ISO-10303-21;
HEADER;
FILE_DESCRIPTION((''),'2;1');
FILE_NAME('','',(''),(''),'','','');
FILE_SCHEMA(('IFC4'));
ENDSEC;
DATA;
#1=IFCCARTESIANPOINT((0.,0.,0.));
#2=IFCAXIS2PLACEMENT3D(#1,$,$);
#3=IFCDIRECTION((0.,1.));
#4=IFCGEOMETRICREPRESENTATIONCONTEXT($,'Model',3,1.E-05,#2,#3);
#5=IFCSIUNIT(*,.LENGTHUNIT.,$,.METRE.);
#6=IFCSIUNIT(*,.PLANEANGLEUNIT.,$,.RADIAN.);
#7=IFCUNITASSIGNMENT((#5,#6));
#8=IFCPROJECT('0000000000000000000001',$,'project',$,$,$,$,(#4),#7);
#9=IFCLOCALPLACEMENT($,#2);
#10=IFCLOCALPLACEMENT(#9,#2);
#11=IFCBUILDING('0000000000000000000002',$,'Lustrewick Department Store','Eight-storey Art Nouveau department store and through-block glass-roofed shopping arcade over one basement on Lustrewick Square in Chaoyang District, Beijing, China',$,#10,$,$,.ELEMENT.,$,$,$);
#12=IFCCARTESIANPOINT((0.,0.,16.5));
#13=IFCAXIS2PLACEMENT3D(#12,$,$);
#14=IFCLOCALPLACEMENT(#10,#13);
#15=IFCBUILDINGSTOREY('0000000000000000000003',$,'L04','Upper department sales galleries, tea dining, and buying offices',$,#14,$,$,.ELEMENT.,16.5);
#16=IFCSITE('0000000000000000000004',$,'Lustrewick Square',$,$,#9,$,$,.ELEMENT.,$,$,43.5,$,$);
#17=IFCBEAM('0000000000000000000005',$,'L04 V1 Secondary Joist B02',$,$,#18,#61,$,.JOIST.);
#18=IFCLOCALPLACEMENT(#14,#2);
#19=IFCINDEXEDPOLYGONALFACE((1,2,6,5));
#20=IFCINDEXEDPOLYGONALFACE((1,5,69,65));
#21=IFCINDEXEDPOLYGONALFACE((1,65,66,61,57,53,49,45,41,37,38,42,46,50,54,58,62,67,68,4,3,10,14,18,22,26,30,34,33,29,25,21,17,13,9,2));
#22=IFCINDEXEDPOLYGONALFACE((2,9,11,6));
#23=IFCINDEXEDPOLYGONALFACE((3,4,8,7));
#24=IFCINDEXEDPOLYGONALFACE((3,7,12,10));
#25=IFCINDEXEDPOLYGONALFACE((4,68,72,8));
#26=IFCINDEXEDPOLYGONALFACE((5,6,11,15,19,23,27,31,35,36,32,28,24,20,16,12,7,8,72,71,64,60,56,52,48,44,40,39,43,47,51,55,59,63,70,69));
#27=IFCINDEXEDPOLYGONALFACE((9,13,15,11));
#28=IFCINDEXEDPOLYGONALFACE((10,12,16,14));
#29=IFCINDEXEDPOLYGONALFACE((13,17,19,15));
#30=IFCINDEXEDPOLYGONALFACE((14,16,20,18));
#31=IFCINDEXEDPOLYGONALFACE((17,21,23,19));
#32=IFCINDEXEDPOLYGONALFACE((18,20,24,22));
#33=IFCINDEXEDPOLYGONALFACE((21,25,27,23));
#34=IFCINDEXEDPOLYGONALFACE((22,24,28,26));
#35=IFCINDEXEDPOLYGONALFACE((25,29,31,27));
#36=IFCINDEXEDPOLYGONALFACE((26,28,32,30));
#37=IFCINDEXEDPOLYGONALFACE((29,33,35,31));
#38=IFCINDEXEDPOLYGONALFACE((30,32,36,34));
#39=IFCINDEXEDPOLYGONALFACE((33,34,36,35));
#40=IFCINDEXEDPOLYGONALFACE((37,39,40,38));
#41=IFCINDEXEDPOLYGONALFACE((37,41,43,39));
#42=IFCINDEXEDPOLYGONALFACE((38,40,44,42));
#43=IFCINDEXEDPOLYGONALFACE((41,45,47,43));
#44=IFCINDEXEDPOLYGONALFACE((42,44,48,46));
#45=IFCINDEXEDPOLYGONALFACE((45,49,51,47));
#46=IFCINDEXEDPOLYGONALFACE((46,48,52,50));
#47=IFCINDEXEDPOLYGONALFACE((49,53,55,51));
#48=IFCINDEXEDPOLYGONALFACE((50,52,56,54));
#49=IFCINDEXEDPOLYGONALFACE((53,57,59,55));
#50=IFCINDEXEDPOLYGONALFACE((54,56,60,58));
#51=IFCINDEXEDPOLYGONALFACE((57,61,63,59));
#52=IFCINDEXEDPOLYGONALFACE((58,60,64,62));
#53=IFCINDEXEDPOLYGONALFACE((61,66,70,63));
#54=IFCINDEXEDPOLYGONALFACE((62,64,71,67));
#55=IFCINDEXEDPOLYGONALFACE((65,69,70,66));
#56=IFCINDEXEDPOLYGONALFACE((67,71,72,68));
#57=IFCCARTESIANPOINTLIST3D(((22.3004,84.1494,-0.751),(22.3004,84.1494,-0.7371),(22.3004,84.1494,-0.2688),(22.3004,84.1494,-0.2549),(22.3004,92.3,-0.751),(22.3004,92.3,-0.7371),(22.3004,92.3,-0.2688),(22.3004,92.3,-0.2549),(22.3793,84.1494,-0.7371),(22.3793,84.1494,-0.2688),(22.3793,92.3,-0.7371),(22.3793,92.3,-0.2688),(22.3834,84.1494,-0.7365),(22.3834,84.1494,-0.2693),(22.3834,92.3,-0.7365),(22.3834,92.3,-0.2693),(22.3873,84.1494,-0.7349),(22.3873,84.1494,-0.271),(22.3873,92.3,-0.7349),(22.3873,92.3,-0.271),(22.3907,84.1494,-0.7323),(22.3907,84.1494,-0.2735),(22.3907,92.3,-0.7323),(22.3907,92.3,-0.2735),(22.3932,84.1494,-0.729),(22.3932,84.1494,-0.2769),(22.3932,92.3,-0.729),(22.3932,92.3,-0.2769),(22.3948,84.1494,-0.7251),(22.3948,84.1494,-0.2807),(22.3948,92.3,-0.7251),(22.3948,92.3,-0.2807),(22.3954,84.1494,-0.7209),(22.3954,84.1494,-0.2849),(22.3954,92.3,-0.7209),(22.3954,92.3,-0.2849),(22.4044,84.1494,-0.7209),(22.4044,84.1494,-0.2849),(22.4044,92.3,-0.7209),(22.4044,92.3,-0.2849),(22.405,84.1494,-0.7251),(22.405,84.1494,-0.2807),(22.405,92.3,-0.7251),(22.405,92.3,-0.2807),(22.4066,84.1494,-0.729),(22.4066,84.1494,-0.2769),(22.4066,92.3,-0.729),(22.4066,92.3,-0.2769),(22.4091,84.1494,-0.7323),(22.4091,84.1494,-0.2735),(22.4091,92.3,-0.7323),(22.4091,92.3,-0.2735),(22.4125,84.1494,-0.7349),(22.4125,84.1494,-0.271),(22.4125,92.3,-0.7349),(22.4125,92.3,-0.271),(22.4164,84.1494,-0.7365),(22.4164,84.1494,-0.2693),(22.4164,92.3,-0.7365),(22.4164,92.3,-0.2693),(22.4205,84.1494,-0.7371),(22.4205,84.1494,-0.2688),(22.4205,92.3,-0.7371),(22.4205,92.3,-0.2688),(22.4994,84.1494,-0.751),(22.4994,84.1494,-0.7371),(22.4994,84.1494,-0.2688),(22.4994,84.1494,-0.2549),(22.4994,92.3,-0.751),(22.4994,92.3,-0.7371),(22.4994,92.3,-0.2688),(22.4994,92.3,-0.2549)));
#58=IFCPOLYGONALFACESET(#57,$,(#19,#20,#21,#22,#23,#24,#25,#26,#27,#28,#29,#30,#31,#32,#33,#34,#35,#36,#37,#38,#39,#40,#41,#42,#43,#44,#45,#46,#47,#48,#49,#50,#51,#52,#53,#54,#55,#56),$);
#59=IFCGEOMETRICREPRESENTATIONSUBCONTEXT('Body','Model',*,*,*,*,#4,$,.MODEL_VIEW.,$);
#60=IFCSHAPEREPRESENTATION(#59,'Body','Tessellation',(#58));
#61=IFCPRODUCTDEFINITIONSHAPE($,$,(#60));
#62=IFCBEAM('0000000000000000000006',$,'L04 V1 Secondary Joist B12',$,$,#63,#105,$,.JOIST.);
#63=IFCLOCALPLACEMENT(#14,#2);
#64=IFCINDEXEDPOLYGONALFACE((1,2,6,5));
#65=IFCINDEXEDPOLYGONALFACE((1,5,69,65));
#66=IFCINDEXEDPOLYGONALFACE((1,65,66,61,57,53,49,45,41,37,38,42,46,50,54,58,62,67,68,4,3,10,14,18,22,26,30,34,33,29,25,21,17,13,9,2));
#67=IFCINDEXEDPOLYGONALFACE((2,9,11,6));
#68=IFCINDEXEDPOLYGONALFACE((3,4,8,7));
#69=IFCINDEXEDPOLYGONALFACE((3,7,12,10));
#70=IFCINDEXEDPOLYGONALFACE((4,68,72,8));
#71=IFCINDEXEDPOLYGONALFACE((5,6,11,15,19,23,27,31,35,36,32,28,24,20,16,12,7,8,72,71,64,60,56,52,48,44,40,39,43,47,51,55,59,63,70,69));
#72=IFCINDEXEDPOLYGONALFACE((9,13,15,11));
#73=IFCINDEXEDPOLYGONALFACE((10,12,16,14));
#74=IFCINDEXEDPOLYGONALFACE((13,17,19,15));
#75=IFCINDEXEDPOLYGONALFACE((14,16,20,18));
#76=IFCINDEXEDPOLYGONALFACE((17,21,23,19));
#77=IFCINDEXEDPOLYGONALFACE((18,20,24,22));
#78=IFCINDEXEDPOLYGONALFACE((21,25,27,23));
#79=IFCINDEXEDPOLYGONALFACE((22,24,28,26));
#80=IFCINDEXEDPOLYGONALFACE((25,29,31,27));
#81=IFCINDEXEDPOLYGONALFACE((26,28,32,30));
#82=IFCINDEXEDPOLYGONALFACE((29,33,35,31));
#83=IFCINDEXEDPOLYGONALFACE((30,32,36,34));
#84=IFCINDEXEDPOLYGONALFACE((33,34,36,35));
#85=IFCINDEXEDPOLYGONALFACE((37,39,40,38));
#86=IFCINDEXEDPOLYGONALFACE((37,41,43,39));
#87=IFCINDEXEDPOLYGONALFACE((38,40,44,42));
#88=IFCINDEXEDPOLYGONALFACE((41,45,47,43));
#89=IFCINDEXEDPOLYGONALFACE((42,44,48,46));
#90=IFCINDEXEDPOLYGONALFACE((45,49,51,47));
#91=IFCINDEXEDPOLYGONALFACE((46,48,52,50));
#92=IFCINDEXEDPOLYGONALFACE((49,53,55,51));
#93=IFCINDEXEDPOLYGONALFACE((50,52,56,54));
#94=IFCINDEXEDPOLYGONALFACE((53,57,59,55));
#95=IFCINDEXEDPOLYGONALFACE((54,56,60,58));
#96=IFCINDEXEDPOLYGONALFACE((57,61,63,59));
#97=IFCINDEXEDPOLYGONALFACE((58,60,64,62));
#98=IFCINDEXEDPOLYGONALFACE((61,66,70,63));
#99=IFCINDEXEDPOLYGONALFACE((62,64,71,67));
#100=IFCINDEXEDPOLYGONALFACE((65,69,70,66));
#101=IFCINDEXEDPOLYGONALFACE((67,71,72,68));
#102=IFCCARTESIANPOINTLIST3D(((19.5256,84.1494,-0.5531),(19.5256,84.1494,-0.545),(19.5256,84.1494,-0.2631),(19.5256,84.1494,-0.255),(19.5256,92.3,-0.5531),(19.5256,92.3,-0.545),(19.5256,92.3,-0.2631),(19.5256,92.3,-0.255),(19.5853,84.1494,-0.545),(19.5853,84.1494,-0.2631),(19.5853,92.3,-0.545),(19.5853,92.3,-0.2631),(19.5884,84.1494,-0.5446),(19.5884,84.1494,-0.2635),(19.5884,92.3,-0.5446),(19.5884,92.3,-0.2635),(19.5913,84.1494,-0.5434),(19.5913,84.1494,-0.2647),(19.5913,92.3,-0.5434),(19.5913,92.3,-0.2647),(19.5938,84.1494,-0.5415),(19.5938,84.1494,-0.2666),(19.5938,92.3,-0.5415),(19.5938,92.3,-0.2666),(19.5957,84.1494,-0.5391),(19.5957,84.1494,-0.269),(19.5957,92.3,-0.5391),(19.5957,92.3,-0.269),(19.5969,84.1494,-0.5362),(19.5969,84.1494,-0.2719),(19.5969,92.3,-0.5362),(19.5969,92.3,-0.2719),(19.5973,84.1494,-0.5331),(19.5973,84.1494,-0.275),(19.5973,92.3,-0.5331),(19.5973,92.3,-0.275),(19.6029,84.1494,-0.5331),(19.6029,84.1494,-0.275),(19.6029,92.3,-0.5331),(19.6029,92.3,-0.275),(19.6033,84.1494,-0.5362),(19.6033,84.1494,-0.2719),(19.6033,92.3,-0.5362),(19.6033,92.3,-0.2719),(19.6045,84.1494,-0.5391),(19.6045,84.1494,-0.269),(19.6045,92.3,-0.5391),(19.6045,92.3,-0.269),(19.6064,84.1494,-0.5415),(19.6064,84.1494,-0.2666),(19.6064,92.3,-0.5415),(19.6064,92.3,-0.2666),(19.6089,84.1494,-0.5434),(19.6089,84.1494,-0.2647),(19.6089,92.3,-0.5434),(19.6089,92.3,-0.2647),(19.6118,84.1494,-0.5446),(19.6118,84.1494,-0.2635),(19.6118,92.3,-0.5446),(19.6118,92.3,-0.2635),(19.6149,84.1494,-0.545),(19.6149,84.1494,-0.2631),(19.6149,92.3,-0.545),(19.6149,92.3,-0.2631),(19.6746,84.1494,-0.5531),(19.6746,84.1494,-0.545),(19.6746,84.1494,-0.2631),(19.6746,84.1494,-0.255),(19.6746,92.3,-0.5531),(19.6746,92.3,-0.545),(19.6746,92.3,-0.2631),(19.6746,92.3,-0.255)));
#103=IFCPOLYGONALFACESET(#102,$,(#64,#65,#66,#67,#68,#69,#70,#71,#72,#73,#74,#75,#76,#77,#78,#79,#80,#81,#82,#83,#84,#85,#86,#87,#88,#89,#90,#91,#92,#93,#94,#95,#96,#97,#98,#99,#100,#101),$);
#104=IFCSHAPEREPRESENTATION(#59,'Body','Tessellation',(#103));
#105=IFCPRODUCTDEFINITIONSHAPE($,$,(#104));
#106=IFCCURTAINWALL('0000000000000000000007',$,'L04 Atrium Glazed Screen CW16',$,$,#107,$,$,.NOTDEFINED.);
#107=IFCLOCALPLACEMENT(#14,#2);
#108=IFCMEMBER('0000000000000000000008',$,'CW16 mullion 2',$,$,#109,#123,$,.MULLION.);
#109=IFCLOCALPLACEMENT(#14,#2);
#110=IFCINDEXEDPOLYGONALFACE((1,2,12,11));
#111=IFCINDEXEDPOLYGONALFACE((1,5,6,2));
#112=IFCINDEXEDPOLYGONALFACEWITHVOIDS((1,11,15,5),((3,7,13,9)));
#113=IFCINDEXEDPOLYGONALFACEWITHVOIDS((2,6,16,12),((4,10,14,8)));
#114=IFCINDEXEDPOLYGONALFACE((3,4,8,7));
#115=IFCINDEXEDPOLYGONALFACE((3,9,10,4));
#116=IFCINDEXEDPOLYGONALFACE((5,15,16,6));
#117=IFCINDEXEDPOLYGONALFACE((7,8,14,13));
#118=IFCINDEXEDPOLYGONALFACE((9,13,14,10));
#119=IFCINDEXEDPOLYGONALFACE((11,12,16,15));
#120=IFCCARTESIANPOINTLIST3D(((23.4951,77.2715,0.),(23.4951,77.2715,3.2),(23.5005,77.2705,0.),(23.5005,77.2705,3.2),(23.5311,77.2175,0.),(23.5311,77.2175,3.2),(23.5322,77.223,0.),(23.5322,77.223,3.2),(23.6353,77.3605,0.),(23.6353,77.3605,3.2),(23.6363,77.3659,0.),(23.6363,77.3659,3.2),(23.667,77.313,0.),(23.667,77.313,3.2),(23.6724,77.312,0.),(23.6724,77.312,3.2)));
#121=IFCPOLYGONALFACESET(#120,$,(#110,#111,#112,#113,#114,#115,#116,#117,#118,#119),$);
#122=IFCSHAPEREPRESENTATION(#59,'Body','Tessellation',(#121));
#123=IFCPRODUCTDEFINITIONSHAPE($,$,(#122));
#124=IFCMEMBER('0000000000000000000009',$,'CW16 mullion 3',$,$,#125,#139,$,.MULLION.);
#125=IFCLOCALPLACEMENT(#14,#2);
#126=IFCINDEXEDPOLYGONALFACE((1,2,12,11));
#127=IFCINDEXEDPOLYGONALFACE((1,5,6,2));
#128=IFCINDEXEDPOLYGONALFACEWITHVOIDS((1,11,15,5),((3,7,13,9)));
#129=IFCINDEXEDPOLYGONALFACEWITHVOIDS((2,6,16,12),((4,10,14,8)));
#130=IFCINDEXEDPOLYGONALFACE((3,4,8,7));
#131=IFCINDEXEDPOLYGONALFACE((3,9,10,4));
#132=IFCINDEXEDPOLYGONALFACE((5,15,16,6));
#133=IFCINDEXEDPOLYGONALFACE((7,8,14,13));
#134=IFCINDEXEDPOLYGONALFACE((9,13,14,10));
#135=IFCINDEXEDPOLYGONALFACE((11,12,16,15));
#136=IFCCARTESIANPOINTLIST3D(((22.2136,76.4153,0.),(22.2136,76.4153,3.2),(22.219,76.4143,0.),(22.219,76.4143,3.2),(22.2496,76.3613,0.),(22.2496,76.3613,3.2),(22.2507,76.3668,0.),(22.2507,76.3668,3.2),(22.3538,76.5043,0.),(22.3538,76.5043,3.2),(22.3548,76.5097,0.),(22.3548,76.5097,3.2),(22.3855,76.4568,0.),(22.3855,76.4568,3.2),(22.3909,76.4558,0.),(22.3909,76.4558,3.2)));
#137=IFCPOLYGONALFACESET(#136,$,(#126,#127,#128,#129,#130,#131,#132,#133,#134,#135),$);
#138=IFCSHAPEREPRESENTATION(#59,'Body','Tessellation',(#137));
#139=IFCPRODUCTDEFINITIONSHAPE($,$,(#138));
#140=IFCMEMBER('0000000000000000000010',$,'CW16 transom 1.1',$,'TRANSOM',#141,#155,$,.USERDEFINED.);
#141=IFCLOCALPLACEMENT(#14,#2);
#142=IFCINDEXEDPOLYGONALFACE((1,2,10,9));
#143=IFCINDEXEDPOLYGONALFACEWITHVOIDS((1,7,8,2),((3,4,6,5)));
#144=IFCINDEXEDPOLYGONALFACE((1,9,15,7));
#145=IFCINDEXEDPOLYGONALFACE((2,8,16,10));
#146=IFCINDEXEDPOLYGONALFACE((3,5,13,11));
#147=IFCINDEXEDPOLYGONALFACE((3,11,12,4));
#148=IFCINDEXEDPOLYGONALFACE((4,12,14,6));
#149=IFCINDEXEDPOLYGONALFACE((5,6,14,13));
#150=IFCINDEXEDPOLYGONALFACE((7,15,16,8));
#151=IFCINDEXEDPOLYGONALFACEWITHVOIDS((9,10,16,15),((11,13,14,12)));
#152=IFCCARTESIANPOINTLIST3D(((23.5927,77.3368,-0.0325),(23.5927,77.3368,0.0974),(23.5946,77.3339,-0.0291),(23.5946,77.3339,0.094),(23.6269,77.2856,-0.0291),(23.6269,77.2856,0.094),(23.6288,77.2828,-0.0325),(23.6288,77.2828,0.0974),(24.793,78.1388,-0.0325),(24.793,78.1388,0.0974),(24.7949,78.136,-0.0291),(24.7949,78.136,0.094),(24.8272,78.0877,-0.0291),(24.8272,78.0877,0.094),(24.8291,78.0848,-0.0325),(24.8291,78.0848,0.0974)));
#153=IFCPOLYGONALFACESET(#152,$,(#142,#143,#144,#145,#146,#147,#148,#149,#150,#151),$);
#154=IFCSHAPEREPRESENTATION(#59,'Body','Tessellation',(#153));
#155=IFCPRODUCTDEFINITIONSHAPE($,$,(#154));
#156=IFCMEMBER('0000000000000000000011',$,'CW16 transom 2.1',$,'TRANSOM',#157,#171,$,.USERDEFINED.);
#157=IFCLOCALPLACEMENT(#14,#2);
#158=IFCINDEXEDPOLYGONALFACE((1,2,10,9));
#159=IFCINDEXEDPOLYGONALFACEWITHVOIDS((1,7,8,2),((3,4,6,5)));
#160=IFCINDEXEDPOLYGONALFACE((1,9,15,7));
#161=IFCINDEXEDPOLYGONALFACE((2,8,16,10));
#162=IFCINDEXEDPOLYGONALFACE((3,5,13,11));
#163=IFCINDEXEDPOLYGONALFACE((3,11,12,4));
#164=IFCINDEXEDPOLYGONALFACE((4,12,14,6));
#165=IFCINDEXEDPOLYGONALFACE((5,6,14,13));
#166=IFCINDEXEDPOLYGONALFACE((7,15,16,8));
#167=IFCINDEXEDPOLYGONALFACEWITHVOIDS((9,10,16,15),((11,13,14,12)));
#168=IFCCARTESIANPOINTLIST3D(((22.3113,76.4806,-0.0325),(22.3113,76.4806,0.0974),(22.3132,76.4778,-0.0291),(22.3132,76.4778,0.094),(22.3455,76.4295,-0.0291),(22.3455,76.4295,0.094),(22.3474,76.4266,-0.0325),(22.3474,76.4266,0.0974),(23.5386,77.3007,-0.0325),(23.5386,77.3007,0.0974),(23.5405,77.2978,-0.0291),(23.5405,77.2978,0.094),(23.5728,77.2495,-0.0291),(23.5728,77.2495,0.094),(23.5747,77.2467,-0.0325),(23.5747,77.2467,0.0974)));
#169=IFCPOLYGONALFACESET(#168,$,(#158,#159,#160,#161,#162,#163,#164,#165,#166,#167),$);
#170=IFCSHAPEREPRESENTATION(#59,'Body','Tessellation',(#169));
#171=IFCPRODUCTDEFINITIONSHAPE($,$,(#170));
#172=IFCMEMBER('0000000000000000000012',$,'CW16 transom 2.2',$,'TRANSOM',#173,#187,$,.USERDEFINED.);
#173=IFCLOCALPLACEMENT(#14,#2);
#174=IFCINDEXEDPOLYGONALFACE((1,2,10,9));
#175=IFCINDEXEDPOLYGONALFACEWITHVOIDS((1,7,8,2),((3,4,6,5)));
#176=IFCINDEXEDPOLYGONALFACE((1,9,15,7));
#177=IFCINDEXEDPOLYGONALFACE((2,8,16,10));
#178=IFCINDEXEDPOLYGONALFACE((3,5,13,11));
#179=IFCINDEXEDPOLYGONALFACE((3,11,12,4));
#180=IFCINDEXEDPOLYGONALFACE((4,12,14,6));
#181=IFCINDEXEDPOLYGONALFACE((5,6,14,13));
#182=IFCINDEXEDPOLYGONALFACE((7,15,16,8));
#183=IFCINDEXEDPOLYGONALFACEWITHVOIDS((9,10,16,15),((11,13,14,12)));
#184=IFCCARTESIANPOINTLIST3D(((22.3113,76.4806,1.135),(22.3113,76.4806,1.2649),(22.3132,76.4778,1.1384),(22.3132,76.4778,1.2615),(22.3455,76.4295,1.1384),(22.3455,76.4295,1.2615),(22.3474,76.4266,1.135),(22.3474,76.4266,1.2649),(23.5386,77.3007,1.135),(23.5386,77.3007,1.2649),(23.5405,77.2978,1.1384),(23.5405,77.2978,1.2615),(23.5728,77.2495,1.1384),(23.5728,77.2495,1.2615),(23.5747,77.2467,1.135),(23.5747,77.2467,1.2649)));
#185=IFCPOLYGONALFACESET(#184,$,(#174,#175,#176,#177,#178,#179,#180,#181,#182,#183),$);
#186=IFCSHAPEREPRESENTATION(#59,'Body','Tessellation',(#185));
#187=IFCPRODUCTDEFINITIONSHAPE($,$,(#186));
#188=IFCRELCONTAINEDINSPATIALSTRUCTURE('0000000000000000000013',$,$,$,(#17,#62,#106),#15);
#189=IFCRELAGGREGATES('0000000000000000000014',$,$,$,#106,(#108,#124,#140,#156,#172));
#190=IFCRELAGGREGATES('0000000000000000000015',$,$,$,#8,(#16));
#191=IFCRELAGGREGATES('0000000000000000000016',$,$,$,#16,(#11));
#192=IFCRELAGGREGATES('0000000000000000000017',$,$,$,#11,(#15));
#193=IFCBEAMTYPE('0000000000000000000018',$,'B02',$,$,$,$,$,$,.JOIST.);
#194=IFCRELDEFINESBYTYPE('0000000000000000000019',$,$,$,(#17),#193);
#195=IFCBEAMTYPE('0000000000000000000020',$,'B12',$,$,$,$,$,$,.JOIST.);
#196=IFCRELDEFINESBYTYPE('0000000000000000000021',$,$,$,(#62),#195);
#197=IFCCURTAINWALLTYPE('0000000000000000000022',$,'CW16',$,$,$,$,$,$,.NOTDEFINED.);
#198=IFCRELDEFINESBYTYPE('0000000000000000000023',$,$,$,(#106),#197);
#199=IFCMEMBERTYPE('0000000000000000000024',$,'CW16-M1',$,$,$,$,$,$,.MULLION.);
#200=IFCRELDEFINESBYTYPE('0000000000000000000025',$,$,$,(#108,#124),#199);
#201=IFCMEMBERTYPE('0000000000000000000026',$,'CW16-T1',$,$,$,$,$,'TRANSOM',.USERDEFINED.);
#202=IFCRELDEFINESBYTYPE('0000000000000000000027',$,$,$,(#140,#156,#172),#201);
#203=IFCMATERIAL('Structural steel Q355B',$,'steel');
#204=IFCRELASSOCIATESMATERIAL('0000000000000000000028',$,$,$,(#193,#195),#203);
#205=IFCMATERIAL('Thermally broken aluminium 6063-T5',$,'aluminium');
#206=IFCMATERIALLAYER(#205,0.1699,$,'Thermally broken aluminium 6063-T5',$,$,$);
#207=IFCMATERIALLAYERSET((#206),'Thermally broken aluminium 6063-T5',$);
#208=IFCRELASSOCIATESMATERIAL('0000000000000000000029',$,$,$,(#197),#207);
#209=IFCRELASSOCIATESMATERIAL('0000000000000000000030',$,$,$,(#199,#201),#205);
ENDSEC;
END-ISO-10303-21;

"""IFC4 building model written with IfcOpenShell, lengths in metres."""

from ifc_helpers import new_model, si_unit, direction, frame, origin, origin_2d, place, context, subcontext, project, spatial, hollow_rectangle, i_section, extrude, material, layer, layer_set, material_profile, profile_set, type_object, element, aggregate, save


model = new_model("IFC4")

# Units and contexts
model_context = context("Model", 3, precision=1e-05, world=origin(), true_north=direction((0.0, 1.0)))
body_context = subcontext(model_context, "Body", "Model", "MODEL_VIEW")
ifc_project = project(units=[si_unit("LENGTHUNIT", "METRE"), si_unit("PLANEANGLEUNIT", "RADIAN")], contexts=[model_context])

# Site, building, storey
site_placement = place(None, origin())
site = spatial("IfcSite", under=ifc_project, at=site_placement, Name="Lustrewick Square", CompositionType="ELEMENT", RefElevation=43.5)
building_placement = place(site_placement, origin())
building = spatial("IfcBuilding", under=site, at=building_placement, Name="Lustrewick Department Store", Description="Eight-storey Art Nouveau department store and through-block glass-roofed shopping arcade over one basement on Lustrewick Square in Chaoyang District, Beijing, China", CompositionType="ELEMENT")
storey_placement = place(building_placement, frame((0.0, 0.0, 16.5)))
storey = spatial("IfcBuildingStorey", under=building, at=storey_placement, Name="L04", Description="Upper department sales galleries, tea dining, and buying offices", CompositionType="ELEMENT", Elevation=16.5)

# Shared definitions
ifc_material_1 = material(Name="Structural steel Q355B", Category="steel")

# Beams
ifc_material_profile_1 = material_profile(ifc_material_1, i_section(OverallWidth=0.199, OverallDepth=0.4961, WebThickness=0.009, FlangeThickness=0.0139, FilletRadius=0.0161, at=origin_2d()), Name="HN 496x199x9x14")
ifc_profile_set_1 = profile_set([ifc_material_profile_1], Name="Structural steel Q355B")
beam_type_1 = type_object("IfcBeamType", Name="B02", PredefinedType="JOIST", material=ifc_profile_set_1)
beam_1_placement = place(storey_placement, frame((22.3999, 84.1494, -0.5029), z_axis=(0.0, 1.0, 0.0), x_axis=(-1.0, 0.0, 0.0)))
element("IfcBeam", 1, at=beam_1_placement, inside=storey, type_object=beam_type_1, Name="L04 V1 Secondary Joist B02", PredefinedType="JOIST", context=body_context, shape_type="SweptSolid", body=[
    extrude(i_section(OverallWidth=0.199, OverallDepth=0.4961, WebThickness=0.009, FlangeThickness=0.0139, FilletRadius=0.0161, at=origin_2d()), origin(), (0.0, 0.0, 1.0), 8.1506),
])
ifc_material_profile_2 = material_profile(ifc_material_1, i_section(OverallWidth=0.1489, OverallDepth=0.2981, WebThickness=0.0056, FlangeThickness=0.0081, FilletRadius=0.012, at=origin_2d()), Name="HN 298x149x5.5x8")
ifc_profile_set_2 = profile_set([ifc_material_profile_2], Name="Structural steel Q355B")
beam_type_2 = type_object("IfcBeamType", Name="B12", PredefinedType="JOIST", material=ifc_profile_set_2)
beam_2_placement = place(storey_placement, frame((19.6001, 84.1494, -0.4041), z_axis=(0.0, 1.0, 0.0), x_axis=(-1.0, 0.0, 0.0)))
element("IfcBeam", 2, at=beam_2_placement, inside=storey, type_object=beam_type_2, Name="L04 V1 Secondary Joist B12", PredefinedType="JOIST", context=body_context, shape_type="SweptSolid", body=[
    extrude(i_section(OverallWidth=0.1489, OverallDepth=0.2981, WebThickness=0.0056, FlangeThickness=0.0081, FilletRadius=0.012, at=origin_2d()), origin(), (0.0, 0.0, 1.0), 8.1506),
])

# Curtain wall, members
ifc_material_2 = material(Name="Thermally broken aluminium 6063-T5", Category="aluminium")
ifc_layer_1 = layer(ifc_material_2, 0.1699, Name="Thermally broken aluminium 6063-T5")
ifc_layer_set_1 = layer_set([ifc_layer_1], Name="Thermally broken aluminium 6063-T5")
curtain_wall_type = type_object("IfcCurtainWallType", Name="CW16", PredefinedType="NOTDEFINED", material=ifc_layer_set_1)
curtain_wall_placement = place(storey_placement, origin())
curtain_wall = element("IfcCurtainWall", 3, at=curtain_wall_placement, inside=storey, type_object=curtain_wall_type, Name="L04 Atrium Glazed Screen CW16", PredefinedType="NOTDEFINED")
ifc_material_profile_3 = material_profile(ifc_material_2, hollow_rectangle(XDim=0.0649, YDim=0.1699, WallThickness=0.0039, at=origin_2d()), Name="ALU-M 65x170x4")
ifc_profile_set_3 = profile_set([ifc_material_profile_3], Name="Thermally broken aluminium 6063-T5")
member_type_1 = type_object("IfcMemberType", Name="CW16-M1", PredefinedType="MULLION", material=ifc_profile_set_3)
member_1_placement = place(storey_placement, frame((23.5837, 77.2917, 0.0), z_axis=(0.0, 0.0, 1.0), x_axis=(0.555578, -0.831464, 0.0)))
member_1 = element("IfcMember", 4, at=member_1_placement, type_object=member_type_1, Name="CW16 mullion 2", PredefinedType="MULLION", context=body_context, shape_type="SweptSolid", body=[
    extrude(hollow_rectangle(XDim=0.0649, YDim=0.1699, WallThickness=0.0039, at=origin_2d()), origin(), (0.0, 0.0, 1.0), 3.2),
])
member_2_placement = place(storey_placement, frame((22.3022, 76.4355, 0.0), z_axis=(0.0, 0.0, 1.0), x_axis=(0.555578, -0.831464, 0.0)))
member_2 = element("IfcMember", 5, at=member_2_placement, type_object=member_type_1, Name="CW16 mullion 3", PredefinedType="MULLION", context=body_context, shape_type="SweptSolid", body=[
    extrude(hollow_rectangle(XDim=0.0649, YDim=0.1699, WallThickness=0.0039, at=origin_2d()), origin(), (0.0, 0.0, 1.0), 3.2),
])
ifc_material_profile_4 = material_profile(ifc_material_2, hollow_rectangle(XDim=0.0649, YDim=0.1299, WallThickness=0.0034, at=origin_2d()), Name="ALU-T 65x130x3.5")
ifc_profile_set_4 = profile_set([ifc_material_profile_4], Name="Thermally broken aluminium 6063-T5")
member_type_2 = type_object("IfcMemberType", Name="CW16-T1", ElementType="TRANSOM", PredefinedType="USERDEFINED", material=ifc_profile_set_4)
member_3_placement = place(storey_placement, frame((24.811, 78.1118, 0.0325), z_axis=(-0.831451, -0.555598, 0.0), x_axis=(0.555598, -0.831451, 0.0)))
member_3 = element("IfcMember", 6, at=member_3_placement, type_object=member_type_2, Name="CW16 transom 1.1", ObjectType="TRANSOM", PredefinedType="USERDEFINED", context=body_context, shape_type="SweptSolid", body=[
    extrude(hollow_rectangle(XDim=0.0649, YDim=0.1299, WallThickness=0.0034, at=origin_2d()), origin(), (0.0, 0.0, 1.0), 1.4436),
])
member_4_placement = place(storey_placement, frame((23.5566, 77.2737, 0.0325), z_axis=(-0.831465, -0.555578, 0.0), x_axis=(0.555578, -0.831465, 0.0)))
member_4 = element("IfcMember", 7, at=member_4_placement, type_object=member_type_2, Name="CW16 transom 2.1", ObjectType="TRANSOM", PredefinedType="USERDEFINED", context=body_context, shape_type="SweptSolid", body=[
    extrude(hollow_rectangle(XDim=0.0649, YDim=0.1299, WallThickness=0.0034, at=origin_2d()), origin(), (0.0, 0.0, 1.0), 1.4761),
])
member_5_placement = place(storey_placement, frame((23.5566, 77.2737, 1.2), z_axis=(-0.831465, -0.555578, 0.0), x_axis=(0.555578, -0.831465, 0.0)))
member_5 = element("IfcMember", 8, at=member_5_placement, type_object=member_type_2, Name="CW16 transom 2.2", ObjectType="TRANSOM", PredefinedType="USERDEFINED", context=body_context, shape_type="SweptSolid", body=[
    extrude(hollow_rectangle(XDim=0.0649, YDim=0.1299, WallThickness=0.0034, at=origin_2d()), origin(), (0.0, 0.0, 1.0), 1.4761),
])

aggregate(curtain_wall, [member_1, member_2, member_3, member_4, member_5])

save(model, "model.ifc")
